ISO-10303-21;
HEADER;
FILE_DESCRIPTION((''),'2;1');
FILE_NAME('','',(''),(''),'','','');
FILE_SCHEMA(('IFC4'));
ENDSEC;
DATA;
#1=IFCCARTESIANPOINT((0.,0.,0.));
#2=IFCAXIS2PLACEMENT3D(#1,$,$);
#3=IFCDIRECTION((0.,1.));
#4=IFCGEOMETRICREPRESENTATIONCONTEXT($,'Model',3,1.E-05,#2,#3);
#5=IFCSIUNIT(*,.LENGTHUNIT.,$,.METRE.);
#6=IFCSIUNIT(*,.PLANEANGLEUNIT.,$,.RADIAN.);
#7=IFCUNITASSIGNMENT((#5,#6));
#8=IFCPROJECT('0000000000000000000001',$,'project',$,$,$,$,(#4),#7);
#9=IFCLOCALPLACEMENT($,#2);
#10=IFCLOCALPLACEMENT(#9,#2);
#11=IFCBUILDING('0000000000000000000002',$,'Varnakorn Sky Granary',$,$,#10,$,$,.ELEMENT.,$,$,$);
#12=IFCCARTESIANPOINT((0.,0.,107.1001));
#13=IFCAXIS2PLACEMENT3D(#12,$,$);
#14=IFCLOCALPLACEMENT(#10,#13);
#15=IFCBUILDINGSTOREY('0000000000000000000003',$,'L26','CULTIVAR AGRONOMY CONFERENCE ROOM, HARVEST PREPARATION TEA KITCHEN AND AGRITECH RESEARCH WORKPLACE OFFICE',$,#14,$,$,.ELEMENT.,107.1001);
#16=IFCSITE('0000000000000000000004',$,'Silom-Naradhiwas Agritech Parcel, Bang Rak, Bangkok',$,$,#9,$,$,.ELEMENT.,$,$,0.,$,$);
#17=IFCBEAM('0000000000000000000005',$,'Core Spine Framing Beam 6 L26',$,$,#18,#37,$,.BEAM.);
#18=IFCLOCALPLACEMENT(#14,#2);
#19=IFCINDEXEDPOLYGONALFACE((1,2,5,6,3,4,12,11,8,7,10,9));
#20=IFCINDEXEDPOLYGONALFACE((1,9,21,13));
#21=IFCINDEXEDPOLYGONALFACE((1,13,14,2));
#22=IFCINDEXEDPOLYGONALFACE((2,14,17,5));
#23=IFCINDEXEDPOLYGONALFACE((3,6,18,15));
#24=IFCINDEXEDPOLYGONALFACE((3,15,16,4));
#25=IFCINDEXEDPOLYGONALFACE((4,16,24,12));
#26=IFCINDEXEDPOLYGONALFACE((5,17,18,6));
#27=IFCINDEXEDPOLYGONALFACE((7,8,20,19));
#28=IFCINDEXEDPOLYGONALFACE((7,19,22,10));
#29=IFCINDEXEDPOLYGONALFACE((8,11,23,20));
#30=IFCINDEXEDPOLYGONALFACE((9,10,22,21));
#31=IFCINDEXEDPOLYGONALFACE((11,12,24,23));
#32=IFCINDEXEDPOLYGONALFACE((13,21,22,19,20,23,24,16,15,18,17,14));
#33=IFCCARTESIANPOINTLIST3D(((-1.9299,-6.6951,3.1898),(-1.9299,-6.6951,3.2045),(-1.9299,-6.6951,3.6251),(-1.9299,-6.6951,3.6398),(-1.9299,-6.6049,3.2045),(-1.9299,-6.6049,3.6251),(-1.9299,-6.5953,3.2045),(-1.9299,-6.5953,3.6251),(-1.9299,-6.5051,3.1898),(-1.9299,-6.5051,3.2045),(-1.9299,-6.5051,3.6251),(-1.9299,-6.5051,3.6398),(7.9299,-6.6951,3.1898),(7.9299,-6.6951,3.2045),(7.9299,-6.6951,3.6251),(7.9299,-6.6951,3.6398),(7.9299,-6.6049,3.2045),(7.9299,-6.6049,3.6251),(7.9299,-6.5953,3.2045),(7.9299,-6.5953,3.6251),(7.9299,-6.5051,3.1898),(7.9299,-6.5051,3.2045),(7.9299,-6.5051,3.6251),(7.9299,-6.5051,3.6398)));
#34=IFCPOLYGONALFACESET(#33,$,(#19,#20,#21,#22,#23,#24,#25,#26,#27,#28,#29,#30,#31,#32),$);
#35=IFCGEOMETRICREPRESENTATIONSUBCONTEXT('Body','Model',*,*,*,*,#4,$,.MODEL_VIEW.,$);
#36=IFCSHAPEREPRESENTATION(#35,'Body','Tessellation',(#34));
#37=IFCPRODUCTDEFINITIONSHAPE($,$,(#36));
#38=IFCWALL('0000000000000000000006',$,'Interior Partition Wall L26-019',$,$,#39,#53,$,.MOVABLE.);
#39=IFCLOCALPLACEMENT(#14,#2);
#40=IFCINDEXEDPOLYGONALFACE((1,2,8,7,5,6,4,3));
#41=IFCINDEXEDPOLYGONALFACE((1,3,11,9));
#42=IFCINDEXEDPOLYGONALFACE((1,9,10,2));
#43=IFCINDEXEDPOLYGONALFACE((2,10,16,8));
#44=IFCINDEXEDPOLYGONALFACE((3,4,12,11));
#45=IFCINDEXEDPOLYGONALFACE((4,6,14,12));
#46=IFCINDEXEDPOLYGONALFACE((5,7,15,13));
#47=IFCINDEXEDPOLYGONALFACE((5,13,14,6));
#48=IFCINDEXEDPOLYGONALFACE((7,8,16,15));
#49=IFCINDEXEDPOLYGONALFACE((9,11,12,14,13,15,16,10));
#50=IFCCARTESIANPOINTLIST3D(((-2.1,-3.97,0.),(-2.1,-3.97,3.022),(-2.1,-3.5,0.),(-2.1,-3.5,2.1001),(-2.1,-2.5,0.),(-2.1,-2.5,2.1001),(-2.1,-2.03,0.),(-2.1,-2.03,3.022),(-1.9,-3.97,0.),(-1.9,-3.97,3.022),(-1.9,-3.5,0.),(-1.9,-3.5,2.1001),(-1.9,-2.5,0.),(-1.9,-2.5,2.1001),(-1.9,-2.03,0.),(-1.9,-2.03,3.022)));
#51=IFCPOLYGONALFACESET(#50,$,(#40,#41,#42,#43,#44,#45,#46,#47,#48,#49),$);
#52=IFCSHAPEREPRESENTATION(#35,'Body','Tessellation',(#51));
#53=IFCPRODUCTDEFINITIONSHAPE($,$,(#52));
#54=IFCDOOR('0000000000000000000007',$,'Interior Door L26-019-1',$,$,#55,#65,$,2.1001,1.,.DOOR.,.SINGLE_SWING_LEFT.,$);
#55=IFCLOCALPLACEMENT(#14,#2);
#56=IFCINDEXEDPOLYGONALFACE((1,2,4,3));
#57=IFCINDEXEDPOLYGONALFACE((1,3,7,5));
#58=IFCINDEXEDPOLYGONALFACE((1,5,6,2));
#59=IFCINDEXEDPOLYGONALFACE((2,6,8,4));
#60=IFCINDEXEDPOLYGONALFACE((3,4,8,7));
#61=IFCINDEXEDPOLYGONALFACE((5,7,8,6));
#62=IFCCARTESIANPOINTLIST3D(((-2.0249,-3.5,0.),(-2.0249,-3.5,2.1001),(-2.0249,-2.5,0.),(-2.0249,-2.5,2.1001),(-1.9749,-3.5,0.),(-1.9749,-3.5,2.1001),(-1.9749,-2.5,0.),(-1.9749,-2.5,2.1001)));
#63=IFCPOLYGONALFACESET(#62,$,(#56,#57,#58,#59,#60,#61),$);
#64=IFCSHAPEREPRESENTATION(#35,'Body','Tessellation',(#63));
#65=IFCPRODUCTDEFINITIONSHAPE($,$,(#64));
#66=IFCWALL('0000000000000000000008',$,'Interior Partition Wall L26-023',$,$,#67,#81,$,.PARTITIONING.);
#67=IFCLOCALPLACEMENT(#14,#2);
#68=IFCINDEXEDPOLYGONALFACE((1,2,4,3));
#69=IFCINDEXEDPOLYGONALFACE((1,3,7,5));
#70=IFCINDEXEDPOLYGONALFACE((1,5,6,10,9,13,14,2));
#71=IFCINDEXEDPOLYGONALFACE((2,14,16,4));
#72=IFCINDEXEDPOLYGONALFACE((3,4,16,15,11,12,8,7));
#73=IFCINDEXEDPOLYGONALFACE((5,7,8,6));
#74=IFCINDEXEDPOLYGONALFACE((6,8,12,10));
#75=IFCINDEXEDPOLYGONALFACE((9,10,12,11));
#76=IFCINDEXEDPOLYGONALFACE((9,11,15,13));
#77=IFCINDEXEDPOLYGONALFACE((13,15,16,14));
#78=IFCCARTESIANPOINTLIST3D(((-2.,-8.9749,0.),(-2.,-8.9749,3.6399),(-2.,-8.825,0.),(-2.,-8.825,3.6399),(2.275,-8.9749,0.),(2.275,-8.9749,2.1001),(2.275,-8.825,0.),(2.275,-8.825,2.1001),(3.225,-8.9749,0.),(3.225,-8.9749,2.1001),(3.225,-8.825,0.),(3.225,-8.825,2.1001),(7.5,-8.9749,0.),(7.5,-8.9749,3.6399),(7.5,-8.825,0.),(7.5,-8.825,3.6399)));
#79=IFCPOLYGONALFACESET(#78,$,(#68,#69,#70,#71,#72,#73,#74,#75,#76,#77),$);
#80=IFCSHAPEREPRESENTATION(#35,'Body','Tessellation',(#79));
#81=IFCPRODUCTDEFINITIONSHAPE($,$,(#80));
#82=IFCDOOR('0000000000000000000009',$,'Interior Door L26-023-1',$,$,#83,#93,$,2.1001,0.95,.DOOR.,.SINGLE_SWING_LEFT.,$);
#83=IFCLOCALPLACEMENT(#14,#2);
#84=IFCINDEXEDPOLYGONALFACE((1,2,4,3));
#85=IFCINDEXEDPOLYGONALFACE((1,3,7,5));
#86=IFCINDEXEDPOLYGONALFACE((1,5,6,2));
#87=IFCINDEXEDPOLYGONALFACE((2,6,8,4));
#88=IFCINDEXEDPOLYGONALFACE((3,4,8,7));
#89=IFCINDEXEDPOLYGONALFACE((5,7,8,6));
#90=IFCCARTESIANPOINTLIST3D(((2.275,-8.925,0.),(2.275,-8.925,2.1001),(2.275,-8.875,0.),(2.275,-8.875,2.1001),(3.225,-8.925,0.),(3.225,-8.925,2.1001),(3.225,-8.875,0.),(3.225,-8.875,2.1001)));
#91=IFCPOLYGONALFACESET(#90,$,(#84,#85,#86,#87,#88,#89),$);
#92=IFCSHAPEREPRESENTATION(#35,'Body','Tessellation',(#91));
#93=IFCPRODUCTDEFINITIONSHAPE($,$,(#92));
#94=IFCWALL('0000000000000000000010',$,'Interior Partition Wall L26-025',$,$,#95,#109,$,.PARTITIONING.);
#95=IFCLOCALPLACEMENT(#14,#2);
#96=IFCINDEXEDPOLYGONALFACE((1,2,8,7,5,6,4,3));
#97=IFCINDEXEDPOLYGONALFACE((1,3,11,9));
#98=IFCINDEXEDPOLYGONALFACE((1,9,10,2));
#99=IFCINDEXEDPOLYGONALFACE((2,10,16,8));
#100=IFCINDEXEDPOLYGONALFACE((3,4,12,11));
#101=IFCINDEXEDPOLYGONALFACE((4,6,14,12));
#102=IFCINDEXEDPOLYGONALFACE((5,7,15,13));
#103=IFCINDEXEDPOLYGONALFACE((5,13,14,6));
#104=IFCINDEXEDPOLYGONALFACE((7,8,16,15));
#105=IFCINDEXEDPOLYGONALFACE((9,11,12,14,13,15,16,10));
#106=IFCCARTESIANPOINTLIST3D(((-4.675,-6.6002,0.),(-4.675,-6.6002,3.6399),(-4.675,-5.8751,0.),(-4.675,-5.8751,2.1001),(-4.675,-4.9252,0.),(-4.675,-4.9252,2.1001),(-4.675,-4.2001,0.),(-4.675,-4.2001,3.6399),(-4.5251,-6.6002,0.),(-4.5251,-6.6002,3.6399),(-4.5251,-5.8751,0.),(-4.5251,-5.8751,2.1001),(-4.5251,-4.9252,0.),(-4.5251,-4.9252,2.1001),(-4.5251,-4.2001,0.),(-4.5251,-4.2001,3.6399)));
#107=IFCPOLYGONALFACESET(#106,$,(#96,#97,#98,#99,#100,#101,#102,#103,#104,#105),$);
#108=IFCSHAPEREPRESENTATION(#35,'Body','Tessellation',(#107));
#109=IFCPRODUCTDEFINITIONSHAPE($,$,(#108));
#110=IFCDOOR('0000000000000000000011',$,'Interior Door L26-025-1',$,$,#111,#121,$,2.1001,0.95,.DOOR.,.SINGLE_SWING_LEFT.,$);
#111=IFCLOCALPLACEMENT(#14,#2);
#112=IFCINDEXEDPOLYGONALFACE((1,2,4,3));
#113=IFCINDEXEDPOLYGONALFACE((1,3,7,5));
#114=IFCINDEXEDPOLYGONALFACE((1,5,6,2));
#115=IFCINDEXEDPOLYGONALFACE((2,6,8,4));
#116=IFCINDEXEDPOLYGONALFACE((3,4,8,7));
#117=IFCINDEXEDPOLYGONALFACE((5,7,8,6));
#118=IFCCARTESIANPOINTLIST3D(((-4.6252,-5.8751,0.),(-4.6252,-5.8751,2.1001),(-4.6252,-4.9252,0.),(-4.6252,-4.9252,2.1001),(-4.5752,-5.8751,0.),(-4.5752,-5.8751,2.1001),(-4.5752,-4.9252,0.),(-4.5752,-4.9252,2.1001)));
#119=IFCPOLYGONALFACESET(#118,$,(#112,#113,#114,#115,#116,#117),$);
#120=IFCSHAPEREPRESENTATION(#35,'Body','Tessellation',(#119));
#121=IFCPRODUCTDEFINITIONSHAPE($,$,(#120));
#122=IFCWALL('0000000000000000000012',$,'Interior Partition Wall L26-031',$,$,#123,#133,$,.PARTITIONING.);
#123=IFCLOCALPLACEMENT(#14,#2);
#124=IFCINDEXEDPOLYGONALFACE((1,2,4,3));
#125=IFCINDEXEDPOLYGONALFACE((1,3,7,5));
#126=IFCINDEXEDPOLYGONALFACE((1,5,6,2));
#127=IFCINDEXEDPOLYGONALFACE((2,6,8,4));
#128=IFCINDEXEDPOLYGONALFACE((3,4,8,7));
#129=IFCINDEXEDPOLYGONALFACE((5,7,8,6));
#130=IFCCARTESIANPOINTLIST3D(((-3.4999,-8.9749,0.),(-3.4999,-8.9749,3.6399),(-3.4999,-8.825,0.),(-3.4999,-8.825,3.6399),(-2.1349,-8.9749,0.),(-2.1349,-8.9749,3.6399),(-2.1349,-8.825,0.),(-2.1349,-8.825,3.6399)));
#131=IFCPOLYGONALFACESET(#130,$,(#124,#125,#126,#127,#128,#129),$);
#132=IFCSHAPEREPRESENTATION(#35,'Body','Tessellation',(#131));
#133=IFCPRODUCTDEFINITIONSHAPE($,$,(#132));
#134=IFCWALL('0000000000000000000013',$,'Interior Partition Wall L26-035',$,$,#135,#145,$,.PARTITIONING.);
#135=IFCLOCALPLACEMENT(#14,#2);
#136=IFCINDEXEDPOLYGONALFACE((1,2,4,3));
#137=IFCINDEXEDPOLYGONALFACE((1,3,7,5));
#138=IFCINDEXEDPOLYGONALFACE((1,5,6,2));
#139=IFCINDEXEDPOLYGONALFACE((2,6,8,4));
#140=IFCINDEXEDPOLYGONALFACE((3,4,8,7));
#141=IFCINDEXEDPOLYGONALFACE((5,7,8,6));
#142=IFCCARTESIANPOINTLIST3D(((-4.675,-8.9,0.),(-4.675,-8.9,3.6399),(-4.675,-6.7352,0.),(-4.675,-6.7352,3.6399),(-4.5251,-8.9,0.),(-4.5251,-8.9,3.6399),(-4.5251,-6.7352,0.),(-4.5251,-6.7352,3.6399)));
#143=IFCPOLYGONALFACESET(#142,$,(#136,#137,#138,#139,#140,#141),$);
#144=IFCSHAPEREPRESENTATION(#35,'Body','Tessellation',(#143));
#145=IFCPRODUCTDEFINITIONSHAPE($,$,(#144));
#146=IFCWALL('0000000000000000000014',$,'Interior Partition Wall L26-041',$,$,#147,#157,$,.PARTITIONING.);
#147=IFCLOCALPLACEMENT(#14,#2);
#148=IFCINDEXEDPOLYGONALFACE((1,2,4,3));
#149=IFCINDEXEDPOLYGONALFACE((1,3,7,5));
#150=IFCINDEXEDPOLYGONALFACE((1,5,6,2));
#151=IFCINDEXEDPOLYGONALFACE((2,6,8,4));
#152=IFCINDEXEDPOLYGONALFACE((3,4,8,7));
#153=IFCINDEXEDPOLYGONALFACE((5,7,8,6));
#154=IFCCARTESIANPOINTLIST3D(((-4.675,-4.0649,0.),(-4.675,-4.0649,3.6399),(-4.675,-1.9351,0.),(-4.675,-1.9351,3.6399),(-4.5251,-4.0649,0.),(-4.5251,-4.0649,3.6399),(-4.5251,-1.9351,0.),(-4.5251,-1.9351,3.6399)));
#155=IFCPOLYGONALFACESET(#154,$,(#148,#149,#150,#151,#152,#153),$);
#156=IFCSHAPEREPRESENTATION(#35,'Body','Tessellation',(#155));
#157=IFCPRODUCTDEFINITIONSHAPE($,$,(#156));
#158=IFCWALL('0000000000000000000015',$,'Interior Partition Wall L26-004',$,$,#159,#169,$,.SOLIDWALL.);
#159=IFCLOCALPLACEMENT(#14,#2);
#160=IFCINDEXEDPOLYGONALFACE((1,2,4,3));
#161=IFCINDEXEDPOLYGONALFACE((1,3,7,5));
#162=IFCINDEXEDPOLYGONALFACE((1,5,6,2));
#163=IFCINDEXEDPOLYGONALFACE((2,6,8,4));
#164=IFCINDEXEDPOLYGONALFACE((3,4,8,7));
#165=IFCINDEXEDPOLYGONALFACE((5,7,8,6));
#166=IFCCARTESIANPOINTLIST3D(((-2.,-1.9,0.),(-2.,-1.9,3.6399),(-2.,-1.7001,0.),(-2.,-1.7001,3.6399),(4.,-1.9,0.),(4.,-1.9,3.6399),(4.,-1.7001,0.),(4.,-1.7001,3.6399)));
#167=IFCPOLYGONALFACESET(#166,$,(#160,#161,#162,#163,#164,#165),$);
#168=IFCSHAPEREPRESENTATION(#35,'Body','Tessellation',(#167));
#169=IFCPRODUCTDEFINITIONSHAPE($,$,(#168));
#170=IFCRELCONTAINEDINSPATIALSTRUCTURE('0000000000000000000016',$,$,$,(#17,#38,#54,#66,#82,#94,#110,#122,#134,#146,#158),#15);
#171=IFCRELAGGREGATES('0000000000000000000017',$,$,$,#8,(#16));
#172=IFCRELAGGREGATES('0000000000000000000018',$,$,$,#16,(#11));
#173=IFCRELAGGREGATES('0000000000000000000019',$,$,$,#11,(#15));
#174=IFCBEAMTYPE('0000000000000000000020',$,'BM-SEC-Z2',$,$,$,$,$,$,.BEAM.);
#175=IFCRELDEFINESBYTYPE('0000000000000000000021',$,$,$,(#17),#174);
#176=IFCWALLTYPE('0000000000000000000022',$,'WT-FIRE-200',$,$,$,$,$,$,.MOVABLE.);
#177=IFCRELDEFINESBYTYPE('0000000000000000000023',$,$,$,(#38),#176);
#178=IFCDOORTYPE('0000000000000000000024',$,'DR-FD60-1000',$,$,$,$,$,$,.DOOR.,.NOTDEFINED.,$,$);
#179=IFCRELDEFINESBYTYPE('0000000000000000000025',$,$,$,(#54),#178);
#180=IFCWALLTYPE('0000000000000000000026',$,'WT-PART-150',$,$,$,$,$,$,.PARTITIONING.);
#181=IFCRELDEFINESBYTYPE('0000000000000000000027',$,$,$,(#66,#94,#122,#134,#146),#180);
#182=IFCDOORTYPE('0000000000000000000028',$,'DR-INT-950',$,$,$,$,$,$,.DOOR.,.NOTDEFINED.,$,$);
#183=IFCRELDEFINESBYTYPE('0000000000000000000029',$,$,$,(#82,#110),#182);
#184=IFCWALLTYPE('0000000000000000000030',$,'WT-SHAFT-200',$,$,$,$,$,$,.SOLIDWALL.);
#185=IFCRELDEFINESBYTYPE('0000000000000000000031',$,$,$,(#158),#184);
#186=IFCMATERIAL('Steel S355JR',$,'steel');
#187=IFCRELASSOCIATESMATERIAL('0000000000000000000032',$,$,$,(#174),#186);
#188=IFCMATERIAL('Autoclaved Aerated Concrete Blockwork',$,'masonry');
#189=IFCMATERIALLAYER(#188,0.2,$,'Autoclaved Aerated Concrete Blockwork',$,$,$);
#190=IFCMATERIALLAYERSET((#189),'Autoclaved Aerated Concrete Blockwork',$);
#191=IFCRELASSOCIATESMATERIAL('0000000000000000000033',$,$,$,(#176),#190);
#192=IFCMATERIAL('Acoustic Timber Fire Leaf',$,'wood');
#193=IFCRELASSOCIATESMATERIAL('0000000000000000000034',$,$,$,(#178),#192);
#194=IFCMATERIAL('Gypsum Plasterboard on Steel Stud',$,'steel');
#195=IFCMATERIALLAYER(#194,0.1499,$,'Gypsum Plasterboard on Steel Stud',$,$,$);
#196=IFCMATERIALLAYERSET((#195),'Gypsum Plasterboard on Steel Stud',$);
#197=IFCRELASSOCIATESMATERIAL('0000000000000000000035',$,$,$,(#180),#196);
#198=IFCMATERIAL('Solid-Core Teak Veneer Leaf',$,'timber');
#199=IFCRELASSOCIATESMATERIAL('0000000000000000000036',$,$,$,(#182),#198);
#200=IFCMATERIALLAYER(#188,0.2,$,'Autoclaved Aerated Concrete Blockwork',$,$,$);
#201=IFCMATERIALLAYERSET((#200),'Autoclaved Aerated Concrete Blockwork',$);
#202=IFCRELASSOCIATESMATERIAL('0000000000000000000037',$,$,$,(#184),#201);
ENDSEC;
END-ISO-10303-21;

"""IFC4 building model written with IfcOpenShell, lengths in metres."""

from ifc_helpers import new_model, si_unit, direction, frame, frame_2d, origin, origin_2d, place, context, subcontext, project, spatial, rectangle, i_section, extrude, material, layer, layer_set, material_profile, profile_set, type_object, element, fill, save


model = new_model("IFC4")

# Units and contexts
model_context = context("Model", 3, precision=1e-05, world=origin(), true_north=direction((0.0, 1.0)))
body_context = subcontext(model_context, "Body", "Model", "MODEL_VIEW")
ifc_project = project(units=[si_unit("LENGTHUNIT", "METRE"), si_unit("PLANEANGLEUNIT", "RADIAN")], contexts=[model_context])

# Site, building, storey
site_placement = place(None, origin())
site = spatial("IfcSite", under=ifc_project, at=site_placement, Name="Silom-Naradhiwas Agritech Parcel, Bang Rak, Bangkok", CompositionType="ELEMENT", RefElevation=0.0)
building_placement = place(site_placement, origin())
building = spatial("IfcBuilding", under=site, at=building_placement, Name="Varnakorn Sky Granary", CompositionType="ELEMENT")
storey_placement = place(building_placement, frame((0.0, 0.0, 107.1001)))
storey = spatial("IfcBuildingStorey", under=building, at=storey_placement, Name="L26", Description="CULTIVAR AGRONOMY CONFERENCE ROOM, HARVEST PREPARATION TEA KITCHEN AND AGRITECH RESEARCH WORKPLACE OFFICE", CompositionType="ELEMENT", Elevation=107.1001)

# Beam
ifc_material_1 = material(Name="Steel S355JR", Category="steel")
ifc_material_profile_1 = material_profile(ifc_material_1, i_section(OverallWidth=0.1899, OverallDepth=0.45, WebThickness=0.0095, FlangeThickness=0.0146, at=origin_2d()), Name="IPE 450")
ifc_profile_set_1 = profile_set([ifc_material_profile_1], Name="Steel S355JR")
beam_type_1 = type_object("IfcBeamType", Name="BM-SEC-Z2", PredefinedType="BEAM", material=ifc_profile_set_1)
beam_1_placement = place(storey_placement, frame((-1.9299, -6.6001, 3.4148), z_axis=(1.0, 0.0, 0.0), x_axis=(0.0, 1.0, 0.0)))
element("IfcBeam", 1, at=beam_1_placement, inside=storey, type_object=beam_type_1, Name="Core Spine Framing Beam 6 L26", PredefinedType="BEAM", context=body_context, shape_type="SweptSolid", body=[
    extrude(i_section(OverallWidth=0.1899, OverallDepth=0.45, WebThickness=0.0095, FlangeThickness=0.0146, at=origin_2d()), origin(), (0.0, 0.0, 1.0), 9.8599),
])

# Walls, openings, doors
ifc_material_2 = material(Name="Autoclaved Aerated Concrete Blockwork", Category="masonry")
ifc_layer_1 = layer(ifc_material_2, 0.2, Name="Autoclaved Aerated Concrete Blockwork")
ifc_layer_set_1 = layer_set([ifc_layer_1], Name="Autoclaved Aerated Concrete Blockwork")
wall_type_1 = type_object("IfcWallType", Name="WT-FIRE-200", PredefinedType="MOVABLE", material=ifc_layer_set_1)
wall_1_placement = place(storey_placement, frame((-2.0, -3.97, 0.0), z_axis=(0.0, 0.0, 1.0), x_axis=(0.0, 1.0, 0.0)))
wall_1 = element("IfcWall", 2, at=wall_1_placement, inside=storey, type_object=wall_type_1, Name="Interior Partition Wall L26-019", PredefinedType="MOVABLE", context=body_context, shape_type="SweptSolid", body=[
    extrude(rectangle(XDim=1.9399, YDim=0.2, at=frame_2d((0.97, 0.0))), origin(), (0.0, 0.0, 1.0), 3.022),
])
opening_1_placement = place(wall_1_placement, frame((0.47, 0.0, 0.0)))
opening_1 = element("IfcOpeningElement", 3, at=opening_1_placement, cuts=wall_1, PredefinedType="OPENING", context=body_context, shape_type="SweptSolid", body=[
    extrude(rectangle(XDim=1.0, YDim=2.1001, at=frame_2d((0.5, 1.05))), frame((0.0, 0.1099, 0.0), z_axis=(0.0, -1.0, 0.0), x_axis=(1.0, 0.0, 0.0)), (0.0, 0.0, 1.0), 0.22),
])
ifc_material_3 = material(Name="Acoustic Timber Fire Leaf", Category="wood")
door_type_1 = type_object("IfcDoorType", Name="DR-FD60-1000", OperationType="NOTDEFINED", PredefinedType="DOOR", material=ifc_material_3)
door_1_placement = place(opening_1_placement, origin())
door_1 = element("IfcDoor", 4, at=door_1_placement, inside=storey, type_object=door_type_1, Name="Interior Door L26-019-1", OperationType="SINGLE_SWING_LEFT", OverallHeight=2.1001, OverallWidth=1.0, PredefinedType="DOOR", context=body_context, shape_type="SweptSolid", body=[
    extrude(rectangle(XDim=1.0, YDim=2.1001, at=frame_2d((0.5, 1.05))), frame((0.0, 0.0249, 0.0), z_axis=(0.0, -1.0, 0.0), x_axis=(1.0, 0.0, 0.0)), (0.0, 0.0, 1.0), 0.05),
])
fill(opening_1, door_1)
ifc_material_4 = material(Name="Gypsum Plasterboard on Steel Stud", Category="steel")
ifc_layer_2 = layer(ifc_material_4, 0.1499, Name="Gypsum Plasterboard on Steel Stud")
ifc_layer_set_2 = layer_set([ifc_layer_2], Name="Gypsum Plasterboard on Steel Stud")
wall_type_2 = type_object("IfcWallType", Name="WT-PART-150", PredefinedType="PARTITIONING", material=ifc_layer_set_2)
wall_2_placement = place(storey_placement, frame((-2.0, -8.8999, 0.0), z_axis=(0.0, 0.0, 1.0), x_axis=(1.0, 0.0, 0.0)))
wall_2 = element("IfcWall", 5, at=wall_2_placement, inside=storey, type_object=wall_type_2, Name="Interior Partition Wall L26-023", PredefinedType="PARTITIONING", context=body_context, shape_type="SweptSolid", body=[
    extrude(rectangle(XDim=9.5, YDim=0.1499, at=frame_2d((4.75, 0.0))), origin(), (0.0, 0.0, 1.0), 3.6399),
])
opening_2_placement = place(wall_2_placement, frame((4.2749, 0.0, 0.0)))
opening_2 = element("IfcOpeningElement", 6, at=opening_2_placement, cuts=wall_2, PredefinedType="OPENING", context=body_context, shape_type="SweptSolid", body=[
    extrude(rectangle(XDim=0.95, YDim=2.1001, at=frame_2d((0.4751, 1.05))), frame((0.0, 0.085, 0.0), z_axis=(0.0, -1.0, 0.0), x_axis=(1.0, 0.0, 0.0)), (0.0, 0.0, 1.0), 0.1699),
])
ifc_material_5 = material(Name="Solid-Core Teak Veneer Leaf", Category="timber")
door_type_2 = type_object("IfcDoorType", Name="DR-INT-950", OperationType="NOTDEFINED", PredefinedType="DOOR", material=ifc_material_5)
door_2_placement = place(opening_2_placement, origin())
door_2 = element("IfcDoor", 7, at=door_2_placement, inside=storey, type_object=door_type_2, Name="Interior Door L26-023-1", OperationType="SINGLE_SWING_LEFT", OverallHeight=2.1001, OverallWidth=0.95, PredefinedType="DOOR", context=body_context, shape_type="SweptSolid", body=[
    extrude(rectangle(XDim=0.95, YDim=2.1001, at=frame_2d((0.4751, 1.05))), frame((0.0, 0.0249, 0.0), z_axis=(0.0, -1.0, 0.0), x_axis=(1.0, 0.0, 0.0)), (0.0, 0.0, 1.0), 0.05),
])
fill(opening_2, door_2)
wall_3_placement = place(storey_placement, frame((-4.6001, -4.2, 0.0), z_axis=(0.0, 0.0, 1.0), x_axis=(0.0, -1.0, 0.0)))
wall_3 = element("IfcWall", 8, at=wall_3_placement, inside=storey, type_object=wall_type_2, Name="Interior Partition Wall L26-025", PredefinedType="PARTITIONING", context=body_context, shape_type="SweptSolid", body=[
    extrude(rectangle(XDim=2.4001, YDim=0.1499, at=frame_2d((1.2002, 0.0))), origin(), (0.0, 0.0, 1.0), 3.6399),
])
opening_3_placement = place(wall_3_placement, frame((0.7251, 0.0, 0.0)))
opening_3 = element("IfcOpeningElement", 9, at=opening_3_placement, cuts=wall_3, PredefinedType="OPENING", context=body_context, shape_type="SweptSolid", body=[
    extrude(rectangle(XDim=0.95, YDim=2.1001, at=frame_2d((0.4751, 1.05))), frame((0.0, 0.085, 0.0), z_axis=(0.0, -1.0, 0.0), x_axis=(1.0, 0.0, 0.0)), (0.0, 0.0, 1.0), 0.1699),
])
door_3_placement = place(opening_3_placement, origin())
door_3 = element("IfcDoor", 10, at=door_3_placement, inside=storey, type_object=door_type_2, Name="Interior Door L26-025-1", OperationType="SINGLE_SWING_LEFT", OverallHeight=2.1001, OverallWidth=0.95, PredefinedType="DOOR", context=body_context, shape_type="SweptSolid", body=[
    extrude(rectangle(XDim=0.95, YDim=2.1001, at=frame_2d((0.4751, 1.05))), frame((0.0, 0.0249, 0.0), z_axis=(0.0, -1.0, 0.0), x_axis=(1.0, 0.0, 0.0)), (0.0, 0.0, 1.0), 0.05),
])
fill(opening_3, door_3)

# Walls
wall_4_placement = place(storey_placement, frame((-3.5, -8.8999, 0.0), z_axis=(0.0, 0.0, 1.0), x_axis=(1.0, 0.0, 0.0)))
element("IfcWall", 11, at=wall_4_placement, inside=storey, type_object=wall_type_2, Name="Interior Partition Wall L26-031", PredefinedType="PARTITIONING", context=body_context, shape_type="SweptSolid", body=[
    extrude(rectangle(XDim=1.365, YDim=0.1499, at=frame_2d((0.6826, 0.0))), origin(), (0.0, 0.0, 1.0), 3.6399),
])
wall_5_placement = place(storey_placement, frame((-4.6001, -6.7351, 0.0), z_axis=(0.0, 0.0, 1.0), x_axis=(0.0, -1.0, 0.0)))
element("IfcWall", 12, at=wall_5_placement, inside=storey, type_object=wall_type_2, Name="Interior Partition Wall L26-035", PredefinedType="PARTITIONING", context=body_context, shape_type="SweptSolid", body=[
    extrude(rectangle(XDim=2.1648, YDim=0.1499, at=frame_2d((1.0825, 0.0))), origin(), (0.0, 0.0, 1.0), 3.6399),
])
wall_6_placement = place(storey_placement, frame((-4.6001, -1.9351, 0.0), z_axis=(0.0, 0.0, 1.0), x_axis=(0.0, -1.0, 0.0)))
element("IfcWall", 13, at=wall_6_placement, inside=storey, type_object=wall_type_2, Name="Interior Partition Wall L26-041", PredefinedType="PARTITIONING", context=body_context, shape_type="SweptSolid", body=[
    extrude(rectangle(XDim=2.1299, YDim=0.1499, at=frame_2d((1.0649, 0.0))), origin(), (0.0, 0.0, 1.0), 3.6399),
])
ifc_layer_3 = layer(ifc_material_2, 0.2, Name="Autoclaved Aerated Concrete Blockwork")
ifc_layer_set_3 = layer_set([ifc_layer_3], Name="Autoclaved Aerated Concrete Blockwork")
wall_type_3 = type_object("IfcWallType", Name="WT-SHAFT-200", PredefinedType="SOLIDWALL", material=ifc_layer_set_3)
wall_7_placement = place(storey_placement, frame((-2.0, -1.8, 0.0), z_axis=(0.0, 0.0, 1.0), x_axis=(1.0, 0.0, 0.0)))
element("IfcWall", 14, at=wall_7_placement, inside=storey, type_object=wall_type_3, Name="Interior Partition Wall L26-004", PredefinedType="SOLIDWALL", context=body_context, shape_type="SweptSolid", body=[
    extrude(rectangle(XDim=6.0, YDim=0.2, at=frame_2d((3.0, 0.0))), origin(), (0.0, 0.0, 1.0), 3.6399),
])

save(model, "model.ifc")
